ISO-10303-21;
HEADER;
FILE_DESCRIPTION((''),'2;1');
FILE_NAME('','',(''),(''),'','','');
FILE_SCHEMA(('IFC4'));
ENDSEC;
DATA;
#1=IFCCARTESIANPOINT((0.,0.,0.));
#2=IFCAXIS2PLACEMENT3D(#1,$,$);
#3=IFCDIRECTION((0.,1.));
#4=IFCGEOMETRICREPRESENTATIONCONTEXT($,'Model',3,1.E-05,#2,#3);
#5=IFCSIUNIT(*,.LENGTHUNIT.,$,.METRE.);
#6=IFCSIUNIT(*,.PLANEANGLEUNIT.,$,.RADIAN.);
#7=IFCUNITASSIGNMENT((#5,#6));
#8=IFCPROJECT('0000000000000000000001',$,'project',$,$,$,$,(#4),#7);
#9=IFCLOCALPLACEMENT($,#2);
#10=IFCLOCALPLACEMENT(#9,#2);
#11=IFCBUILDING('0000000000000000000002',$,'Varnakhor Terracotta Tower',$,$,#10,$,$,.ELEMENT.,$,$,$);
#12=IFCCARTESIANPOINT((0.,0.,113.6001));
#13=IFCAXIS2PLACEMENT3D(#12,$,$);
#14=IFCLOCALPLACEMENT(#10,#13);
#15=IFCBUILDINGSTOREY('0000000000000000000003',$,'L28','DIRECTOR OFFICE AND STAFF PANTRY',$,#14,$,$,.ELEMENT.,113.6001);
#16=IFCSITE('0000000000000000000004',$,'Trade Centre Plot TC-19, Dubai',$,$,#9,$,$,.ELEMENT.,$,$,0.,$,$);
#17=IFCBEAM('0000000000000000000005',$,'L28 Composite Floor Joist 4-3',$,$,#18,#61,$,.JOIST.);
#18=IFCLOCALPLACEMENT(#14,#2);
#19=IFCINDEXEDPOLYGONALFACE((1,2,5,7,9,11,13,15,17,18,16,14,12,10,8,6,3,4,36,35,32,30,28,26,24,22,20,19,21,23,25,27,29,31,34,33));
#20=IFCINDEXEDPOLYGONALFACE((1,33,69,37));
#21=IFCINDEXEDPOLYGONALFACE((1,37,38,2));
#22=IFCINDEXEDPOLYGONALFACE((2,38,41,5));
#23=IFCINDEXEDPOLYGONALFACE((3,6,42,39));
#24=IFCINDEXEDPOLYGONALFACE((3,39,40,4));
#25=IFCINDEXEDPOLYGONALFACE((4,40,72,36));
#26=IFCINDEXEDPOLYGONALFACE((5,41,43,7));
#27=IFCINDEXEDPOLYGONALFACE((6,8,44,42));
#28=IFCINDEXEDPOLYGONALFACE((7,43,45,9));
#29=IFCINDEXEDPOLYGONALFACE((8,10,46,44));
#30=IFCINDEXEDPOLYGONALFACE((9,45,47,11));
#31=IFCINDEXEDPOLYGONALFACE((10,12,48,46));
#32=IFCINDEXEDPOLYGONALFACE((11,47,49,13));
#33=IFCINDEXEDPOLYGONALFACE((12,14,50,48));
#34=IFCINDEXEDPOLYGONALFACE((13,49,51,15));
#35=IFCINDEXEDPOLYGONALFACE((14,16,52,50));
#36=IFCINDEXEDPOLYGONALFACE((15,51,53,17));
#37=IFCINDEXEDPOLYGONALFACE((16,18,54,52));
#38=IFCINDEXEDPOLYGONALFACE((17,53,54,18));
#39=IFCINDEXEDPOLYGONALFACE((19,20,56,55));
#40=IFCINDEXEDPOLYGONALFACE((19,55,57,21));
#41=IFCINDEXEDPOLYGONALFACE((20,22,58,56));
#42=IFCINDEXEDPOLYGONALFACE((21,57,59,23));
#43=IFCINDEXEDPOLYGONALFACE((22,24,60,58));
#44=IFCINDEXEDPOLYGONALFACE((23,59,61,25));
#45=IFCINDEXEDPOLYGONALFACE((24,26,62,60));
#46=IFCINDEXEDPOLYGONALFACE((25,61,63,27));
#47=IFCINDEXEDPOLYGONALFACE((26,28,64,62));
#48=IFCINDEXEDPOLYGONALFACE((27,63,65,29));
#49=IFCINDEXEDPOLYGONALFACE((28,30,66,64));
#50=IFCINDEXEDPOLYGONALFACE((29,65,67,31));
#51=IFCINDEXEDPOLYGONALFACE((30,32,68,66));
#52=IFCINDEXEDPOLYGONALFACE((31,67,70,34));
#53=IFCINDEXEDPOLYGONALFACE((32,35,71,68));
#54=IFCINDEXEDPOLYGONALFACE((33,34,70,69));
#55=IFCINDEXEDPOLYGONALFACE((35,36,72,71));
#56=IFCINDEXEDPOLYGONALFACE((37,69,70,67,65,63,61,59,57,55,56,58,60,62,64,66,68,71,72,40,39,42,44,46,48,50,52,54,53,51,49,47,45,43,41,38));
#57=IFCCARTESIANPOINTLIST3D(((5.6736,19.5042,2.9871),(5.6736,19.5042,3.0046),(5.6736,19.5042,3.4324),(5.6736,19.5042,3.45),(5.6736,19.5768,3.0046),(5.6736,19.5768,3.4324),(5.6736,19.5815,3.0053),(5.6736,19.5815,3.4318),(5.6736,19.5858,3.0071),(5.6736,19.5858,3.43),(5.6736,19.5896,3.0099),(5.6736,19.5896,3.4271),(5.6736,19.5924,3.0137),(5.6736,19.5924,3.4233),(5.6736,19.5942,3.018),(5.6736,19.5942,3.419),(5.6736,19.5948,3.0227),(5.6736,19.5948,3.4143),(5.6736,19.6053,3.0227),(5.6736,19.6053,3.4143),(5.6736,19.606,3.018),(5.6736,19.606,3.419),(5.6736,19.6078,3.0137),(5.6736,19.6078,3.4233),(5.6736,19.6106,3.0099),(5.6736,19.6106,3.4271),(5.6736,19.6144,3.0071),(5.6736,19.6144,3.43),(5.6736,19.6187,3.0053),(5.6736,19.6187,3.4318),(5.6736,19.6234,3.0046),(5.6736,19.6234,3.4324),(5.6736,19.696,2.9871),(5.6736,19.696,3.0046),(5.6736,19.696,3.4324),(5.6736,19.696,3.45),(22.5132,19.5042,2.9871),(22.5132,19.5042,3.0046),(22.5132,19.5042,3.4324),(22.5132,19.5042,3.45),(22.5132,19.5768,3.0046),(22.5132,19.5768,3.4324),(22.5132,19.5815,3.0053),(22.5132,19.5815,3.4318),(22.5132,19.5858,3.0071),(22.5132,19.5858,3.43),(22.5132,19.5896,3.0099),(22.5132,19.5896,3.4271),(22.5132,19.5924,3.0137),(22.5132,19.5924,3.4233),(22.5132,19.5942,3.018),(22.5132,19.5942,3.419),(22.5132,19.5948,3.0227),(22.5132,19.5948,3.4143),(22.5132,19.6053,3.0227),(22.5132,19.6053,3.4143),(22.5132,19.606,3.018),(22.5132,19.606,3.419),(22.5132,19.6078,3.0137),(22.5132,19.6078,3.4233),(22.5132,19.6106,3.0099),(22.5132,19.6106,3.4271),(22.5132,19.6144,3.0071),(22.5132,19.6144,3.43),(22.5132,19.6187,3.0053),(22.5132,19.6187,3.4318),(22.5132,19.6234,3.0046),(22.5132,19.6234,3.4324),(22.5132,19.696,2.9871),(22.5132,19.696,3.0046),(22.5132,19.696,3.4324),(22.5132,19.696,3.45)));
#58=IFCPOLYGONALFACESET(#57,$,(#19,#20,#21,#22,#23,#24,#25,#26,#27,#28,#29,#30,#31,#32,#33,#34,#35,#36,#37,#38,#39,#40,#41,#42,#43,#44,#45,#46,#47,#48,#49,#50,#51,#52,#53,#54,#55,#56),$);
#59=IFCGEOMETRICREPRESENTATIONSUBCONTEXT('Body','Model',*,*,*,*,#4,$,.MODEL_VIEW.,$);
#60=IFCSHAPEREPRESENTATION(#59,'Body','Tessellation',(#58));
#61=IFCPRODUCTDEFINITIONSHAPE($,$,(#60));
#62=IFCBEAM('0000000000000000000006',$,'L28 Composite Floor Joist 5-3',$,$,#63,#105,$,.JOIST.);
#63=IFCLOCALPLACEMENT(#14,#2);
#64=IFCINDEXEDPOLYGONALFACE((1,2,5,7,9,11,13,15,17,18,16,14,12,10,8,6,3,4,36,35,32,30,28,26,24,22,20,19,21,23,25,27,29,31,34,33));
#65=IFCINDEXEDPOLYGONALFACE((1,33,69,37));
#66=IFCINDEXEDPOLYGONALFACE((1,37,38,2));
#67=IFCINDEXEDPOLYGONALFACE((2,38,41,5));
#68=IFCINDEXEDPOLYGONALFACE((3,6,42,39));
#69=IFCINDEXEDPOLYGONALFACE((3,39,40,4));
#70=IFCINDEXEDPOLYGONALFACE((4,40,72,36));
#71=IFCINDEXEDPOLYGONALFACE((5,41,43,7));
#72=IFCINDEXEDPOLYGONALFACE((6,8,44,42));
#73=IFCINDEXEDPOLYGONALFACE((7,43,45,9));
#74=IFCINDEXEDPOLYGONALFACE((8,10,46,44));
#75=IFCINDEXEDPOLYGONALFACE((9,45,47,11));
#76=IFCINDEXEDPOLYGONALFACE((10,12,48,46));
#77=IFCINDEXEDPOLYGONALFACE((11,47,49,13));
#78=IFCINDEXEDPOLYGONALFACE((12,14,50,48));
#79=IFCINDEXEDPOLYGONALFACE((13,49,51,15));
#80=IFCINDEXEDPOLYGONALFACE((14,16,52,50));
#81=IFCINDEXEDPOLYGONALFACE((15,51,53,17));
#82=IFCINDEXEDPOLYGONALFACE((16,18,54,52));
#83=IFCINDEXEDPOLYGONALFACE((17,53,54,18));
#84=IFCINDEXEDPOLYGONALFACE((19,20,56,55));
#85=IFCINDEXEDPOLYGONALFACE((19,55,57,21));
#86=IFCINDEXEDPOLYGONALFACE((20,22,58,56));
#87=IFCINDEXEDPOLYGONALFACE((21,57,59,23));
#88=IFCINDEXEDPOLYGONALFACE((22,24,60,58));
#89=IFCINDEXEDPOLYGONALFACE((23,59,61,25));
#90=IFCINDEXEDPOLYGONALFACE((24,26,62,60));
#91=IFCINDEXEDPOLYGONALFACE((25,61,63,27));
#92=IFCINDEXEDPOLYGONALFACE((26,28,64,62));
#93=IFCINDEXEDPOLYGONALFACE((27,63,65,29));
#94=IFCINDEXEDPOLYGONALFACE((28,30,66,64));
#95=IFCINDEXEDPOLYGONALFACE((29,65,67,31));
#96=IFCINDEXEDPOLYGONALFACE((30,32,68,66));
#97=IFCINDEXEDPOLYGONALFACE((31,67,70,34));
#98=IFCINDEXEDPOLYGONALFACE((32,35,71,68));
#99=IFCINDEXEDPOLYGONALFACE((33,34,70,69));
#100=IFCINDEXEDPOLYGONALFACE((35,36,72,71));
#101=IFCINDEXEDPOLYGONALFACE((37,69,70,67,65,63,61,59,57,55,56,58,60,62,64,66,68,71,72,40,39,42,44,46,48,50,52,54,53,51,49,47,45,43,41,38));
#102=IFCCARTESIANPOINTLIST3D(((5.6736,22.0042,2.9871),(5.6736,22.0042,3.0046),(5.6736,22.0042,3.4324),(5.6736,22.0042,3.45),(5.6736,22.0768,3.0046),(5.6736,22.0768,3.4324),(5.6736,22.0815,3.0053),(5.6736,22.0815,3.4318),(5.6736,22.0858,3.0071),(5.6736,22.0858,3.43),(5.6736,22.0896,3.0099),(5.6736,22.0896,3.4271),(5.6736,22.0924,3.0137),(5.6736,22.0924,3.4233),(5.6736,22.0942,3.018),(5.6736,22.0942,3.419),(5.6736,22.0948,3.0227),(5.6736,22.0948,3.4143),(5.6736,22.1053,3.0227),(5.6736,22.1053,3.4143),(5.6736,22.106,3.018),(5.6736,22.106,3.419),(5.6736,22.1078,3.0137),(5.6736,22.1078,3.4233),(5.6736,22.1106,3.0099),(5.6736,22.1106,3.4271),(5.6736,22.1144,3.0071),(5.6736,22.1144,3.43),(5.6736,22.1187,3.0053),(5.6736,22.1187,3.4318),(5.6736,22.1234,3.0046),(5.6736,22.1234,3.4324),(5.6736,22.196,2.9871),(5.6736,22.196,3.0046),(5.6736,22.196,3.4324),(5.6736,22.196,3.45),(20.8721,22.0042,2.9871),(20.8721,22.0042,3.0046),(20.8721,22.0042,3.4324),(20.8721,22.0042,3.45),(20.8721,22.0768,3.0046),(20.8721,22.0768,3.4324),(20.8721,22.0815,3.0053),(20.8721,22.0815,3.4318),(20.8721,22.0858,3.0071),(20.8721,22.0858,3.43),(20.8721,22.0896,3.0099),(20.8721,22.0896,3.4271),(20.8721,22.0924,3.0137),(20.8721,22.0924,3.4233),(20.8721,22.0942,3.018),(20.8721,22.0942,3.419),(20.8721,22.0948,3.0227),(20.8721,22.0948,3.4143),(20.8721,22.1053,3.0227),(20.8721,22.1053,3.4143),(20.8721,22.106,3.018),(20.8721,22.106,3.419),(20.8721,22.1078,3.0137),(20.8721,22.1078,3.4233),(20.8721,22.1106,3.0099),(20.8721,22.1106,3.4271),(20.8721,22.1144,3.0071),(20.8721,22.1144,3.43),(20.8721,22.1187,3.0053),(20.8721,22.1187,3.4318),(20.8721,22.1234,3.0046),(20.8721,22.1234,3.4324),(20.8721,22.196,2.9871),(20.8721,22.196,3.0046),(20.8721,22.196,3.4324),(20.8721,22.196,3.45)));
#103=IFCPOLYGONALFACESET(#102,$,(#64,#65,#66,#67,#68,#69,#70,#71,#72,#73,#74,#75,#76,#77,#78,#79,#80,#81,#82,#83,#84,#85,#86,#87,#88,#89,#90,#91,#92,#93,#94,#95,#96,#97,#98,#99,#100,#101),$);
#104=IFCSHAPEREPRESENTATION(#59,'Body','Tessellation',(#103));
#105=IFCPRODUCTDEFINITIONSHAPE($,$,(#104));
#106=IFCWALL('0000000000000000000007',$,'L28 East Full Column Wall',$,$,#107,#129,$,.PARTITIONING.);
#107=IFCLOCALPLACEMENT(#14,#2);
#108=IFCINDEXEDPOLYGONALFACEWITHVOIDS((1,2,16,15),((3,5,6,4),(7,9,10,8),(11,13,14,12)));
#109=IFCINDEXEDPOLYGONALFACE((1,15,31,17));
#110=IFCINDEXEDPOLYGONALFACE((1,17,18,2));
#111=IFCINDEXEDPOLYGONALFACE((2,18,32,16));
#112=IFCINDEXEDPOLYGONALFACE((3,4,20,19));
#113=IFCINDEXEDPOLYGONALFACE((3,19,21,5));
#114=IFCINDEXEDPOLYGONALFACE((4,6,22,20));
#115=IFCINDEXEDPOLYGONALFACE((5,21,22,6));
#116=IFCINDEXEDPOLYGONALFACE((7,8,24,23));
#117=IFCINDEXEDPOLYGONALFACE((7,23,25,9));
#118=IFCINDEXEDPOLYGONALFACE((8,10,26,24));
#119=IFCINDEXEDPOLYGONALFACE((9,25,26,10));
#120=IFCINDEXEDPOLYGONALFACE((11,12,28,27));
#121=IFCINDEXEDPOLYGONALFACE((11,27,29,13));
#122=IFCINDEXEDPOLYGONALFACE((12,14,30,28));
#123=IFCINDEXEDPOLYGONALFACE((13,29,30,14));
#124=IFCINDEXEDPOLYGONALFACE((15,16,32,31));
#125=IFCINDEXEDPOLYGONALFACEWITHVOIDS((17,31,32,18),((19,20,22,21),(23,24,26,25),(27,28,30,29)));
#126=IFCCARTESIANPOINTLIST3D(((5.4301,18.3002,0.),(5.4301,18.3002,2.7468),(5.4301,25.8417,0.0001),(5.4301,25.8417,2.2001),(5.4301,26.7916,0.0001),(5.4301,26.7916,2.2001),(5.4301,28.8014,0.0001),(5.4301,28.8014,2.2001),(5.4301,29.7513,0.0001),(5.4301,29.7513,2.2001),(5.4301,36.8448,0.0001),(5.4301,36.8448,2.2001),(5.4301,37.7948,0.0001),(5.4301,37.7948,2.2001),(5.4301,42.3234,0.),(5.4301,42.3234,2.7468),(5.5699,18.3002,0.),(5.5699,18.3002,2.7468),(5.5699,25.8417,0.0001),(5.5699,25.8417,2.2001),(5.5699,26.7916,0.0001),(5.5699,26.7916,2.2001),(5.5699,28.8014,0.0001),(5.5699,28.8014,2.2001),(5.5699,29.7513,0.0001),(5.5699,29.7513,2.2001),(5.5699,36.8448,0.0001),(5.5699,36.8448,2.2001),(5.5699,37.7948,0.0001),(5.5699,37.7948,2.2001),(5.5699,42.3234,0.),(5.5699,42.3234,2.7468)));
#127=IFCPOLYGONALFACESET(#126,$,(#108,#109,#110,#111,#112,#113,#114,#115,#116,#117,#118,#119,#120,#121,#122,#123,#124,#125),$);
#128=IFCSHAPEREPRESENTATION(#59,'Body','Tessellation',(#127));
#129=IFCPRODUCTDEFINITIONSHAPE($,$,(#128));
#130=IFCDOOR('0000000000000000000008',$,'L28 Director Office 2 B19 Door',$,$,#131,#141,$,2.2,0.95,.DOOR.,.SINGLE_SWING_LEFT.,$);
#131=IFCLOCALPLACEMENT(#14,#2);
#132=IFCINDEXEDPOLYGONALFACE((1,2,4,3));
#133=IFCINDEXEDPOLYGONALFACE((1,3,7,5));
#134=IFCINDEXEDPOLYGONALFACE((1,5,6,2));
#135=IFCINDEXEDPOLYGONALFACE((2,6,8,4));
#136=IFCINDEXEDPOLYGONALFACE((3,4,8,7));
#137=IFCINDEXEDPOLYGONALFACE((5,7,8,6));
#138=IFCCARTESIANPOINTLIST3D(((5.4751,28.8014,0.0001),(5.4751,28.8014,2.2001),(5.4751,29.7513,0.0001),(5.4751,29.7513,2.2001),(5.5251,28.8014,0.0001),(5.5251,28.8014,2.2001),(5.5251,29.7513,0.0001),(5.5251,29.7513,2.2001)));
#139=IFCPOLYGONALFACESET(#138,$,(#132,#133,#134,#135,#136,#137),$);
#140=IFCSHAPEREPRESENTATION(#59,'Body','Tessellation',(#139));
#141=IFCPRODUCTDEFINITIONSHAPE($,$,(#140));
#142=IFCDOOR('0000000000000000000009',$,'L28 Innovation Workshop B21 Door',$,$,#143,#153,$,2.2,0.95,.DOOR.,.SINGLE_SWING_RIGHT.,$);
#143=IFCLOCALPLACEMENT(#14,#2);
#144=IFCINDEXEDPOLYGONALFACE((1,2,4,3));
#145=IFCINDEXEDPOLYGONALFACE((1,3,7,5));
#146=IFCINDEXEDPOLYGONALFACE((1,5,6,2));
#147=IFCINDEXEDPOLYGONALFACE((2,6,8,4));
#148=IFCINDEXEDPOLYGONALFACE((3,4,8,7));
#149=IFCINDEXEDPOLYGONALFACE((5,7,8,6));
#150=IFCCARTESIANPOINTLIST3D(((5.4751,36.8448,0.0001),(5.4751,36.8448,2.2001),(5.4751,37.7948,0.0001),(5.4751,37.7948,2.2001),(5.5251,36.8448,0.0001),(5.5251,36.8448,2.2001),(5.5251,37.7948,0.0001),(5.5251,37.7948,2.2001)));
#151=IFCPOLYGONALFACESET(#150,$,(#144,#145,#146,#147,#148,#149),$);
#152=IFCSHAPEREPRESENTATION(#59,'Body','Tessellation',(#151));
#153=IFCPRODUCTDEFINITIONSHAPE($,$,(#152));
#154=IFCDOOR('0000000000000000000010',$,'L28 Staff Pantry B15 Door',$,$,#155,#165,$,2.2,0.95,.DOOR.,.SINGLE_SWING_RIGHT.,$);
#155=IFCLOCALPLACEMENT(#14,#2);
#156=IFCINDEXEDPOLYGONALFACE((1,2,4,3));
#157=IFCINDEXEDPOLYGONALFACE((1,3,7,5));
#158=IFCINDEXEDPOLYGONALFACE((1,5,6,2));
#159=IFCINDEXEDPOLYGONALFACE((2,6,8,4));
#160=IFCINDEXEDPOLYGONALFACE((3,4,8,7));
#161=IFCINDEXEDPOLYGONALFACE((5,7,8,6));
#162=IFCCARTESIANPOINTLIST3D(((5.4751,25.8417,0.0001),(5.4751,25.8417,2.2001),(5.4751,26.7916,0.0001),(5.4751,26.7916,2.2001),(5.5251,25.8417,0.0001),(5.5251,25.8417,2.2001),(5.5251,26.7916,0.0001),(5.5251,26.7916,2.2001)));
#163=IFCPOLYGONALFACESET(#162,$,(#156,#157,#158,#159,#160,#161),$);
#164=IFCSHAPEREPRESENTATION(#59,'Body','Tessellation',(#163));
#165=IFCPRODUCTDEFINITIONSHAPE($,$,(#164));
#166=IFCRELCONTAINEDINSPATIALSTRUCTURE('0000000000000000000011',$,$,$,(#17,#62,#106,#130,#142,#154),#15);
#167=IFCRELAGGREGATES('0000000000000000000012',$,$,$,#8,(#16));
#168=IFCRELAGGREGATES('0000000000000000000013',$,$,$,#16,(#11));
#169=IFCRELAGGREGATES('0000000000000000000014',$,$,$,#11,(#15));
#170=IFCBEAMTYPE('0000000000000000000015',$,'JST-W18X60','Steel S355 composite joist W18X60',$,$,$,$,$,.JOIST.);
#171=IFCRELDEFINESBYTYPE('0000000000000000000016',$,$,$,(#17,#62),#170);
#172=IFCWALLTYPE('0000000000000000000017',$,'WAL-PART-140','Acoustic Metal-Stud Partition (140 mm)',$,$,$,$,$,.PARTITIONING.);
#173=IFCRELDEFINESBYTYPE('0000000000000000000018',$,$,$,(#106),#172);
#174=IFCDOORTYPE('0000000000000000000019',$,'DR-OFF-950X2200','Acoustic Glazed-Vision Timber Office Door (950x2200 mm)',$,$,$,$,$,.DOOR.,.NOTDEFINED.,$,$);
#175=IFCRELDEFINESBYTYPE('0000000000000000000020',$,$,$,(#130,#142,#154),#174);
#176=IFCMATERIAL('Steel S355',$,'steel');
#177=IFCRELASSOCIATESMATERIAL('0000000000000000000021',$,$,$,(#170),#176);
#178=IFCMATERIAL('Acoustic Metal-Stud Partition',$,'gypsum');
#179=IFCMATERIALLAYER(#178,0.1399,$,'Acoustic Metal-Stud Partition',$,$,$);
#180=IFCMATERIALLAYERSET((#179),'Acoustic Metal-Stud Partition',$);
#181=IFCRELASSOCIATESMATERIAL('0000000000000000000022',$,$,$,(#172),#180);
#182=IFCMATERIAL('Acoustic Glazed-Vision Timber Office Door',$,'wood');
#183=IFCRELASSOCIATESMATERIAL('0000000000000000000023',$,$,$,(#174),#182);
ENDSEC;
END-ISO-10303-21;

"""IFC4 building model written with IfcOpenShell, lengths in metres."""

from ifc_helpers import new_model, si_unit, direction, frame, frame_2d, origin, origin_2d, place, context, subcontext, project, spatial, rectangle, i_section, extrude, source, transform, mapped, material, layer, layer_set, material_profile, profile_set, type_object, type_shapes, element, fill, save


model = new_model("IFC4")

# Units and contexts
model_context = context("Model", 3, precision=1e-05, world=origin(), true_north=direction((0.0, 1.0)))
body_context = subcontext(model_context, "Body", "Model", "MODEL_VIEW")
ifc_project = project(units=[si_unit("LENGTHUNIT", "METRE"), si_unit("PLANEANGLEUNIT", "RADIAN")], contexts=[model_context])

# Site, building, storey
site_placement = place(None, origin())
site = spatial("IfcSite", under=ifc_project, at=site_placement, Name="Trade Centre Plot TC-19, Dubai", CompositionType="ELEMENT", RefElevation=0.0)
building_placement = place(site_placement, origin())
building = spatial("IfcBuilding", under=site, at=building_placement, Name="Varnakhor Terracotta Tower", CompositionType="ELEMENT")
storey_placement = place(building_placement, frame((0.0, 0.0, 113.6001)))
storey = spatial("IfcBuildingStorey", under=building, at=storey_placement, Name="L28", Description="DIRECTOR OFFICE AND STAFF PANTRY", CompositionType="ELEMENT", Elevation=113.6001)

# Beams
ifc_material_1 = material(Name="Steel S355", Category="steel")
ifc_material_profile_1 = material_profile(ifc_material_1, i_section(OverallWidth=0.1919, OverallDepth=0.4629, WebThickness=0.0105, FlangeThickness=0.0176, FilletRadius=0.0181, at=origin_2d()), Name="W18X60")
ifc_profile_set_1 = profile_set([ifc_material_profile_1], Name="Steel S355")
beam_type_1 = type_object("IfcBeamType", Name="JST-W18X60", Description="Steel S355 composite joist W18X60", PredefinedType="JOIST", material=ifc_profile_set_1)
shared_shape_1 = source(origin(), body_context, "Body", "SweptSolid", [
    extrude(i_section(OverallWidth=0.1919, OverallDepth=0.4629, WebThickness=0.0105, FlangeThickness=0.0176, FilletRadius=0.0181, at=origin_2d()), origin(), (0.0, 0.0, 1.0), 16.8396),
])
beam_1_placement = place(storey_placement, frame((5.6736, 19.6001, 3.2185), z_axis=(1.0, 0.0, 0.0), x_axis=(0.0, 1.0, 0.0)))
element("IfcBeam", 1, at=beam_1_placement, inside=storey, type_object=beam_type_1, Name="L28 Composite Floor Joist 4-3", PredefinedType="JOIST", context=body_context, shape_type="MappedRepresentation", body=[
    mapped(shared_shape_1, transform((0.0, 0.0, 0.0), scale=1.0)),
])
shared_shape_2 = source(origin(), body_context, "Body", "SweptSolid", [
    extrude(i_section(OverallWidth=0.1919, OverallDepth=0.4629, WebThickness=0.0105, FlangeThickness=0.0176, FilletRadius=0.0181, at=origin_2d()), origin(), (0.0, 0.0, 1.0), 15.1985),
])
beam_2_placement = place(storey_placement, frame((5.6736, 22.1001, 3.2185), z_axis=(1.0, 0.0, 0.0), x_axis=(0.0, 1.0, 0.0)))
element("IfcBeam", 2, at=beam_2_placement, inside=storey, type_object=beam_type_1, Name="L28 Composite Floor Joist 5-3", PredefinedType="JOIST", context=body_context, shape_type="MappedRepresentation", body=[
    mapped(shared_shape_2, transform((0.0, 0.0, 0.0), scale=1.0)),
])

# Wall, openings, doors
ifc_material_2 = material(Name="Acoustic Metal-Stud Partition", Category="gypsum")
ifc_layer_1 = layer(ifc_material_2, 0.1399, Name="Acoustic Metal-Stud Partition")
ifc_layer_set_1 = layer_set([ifc_layer_1], Name="Acoustic Metal-Stud Partition")
wall_type_1 = type_object("IfcWallType", Name="WAL-PART-140", Description="Acoustic Metal-Stud Partition (140 mm)", PredefinedType="PARTITIONING", material=ifc_layer_set_1)
wall_1_placement = place(storey_placement, frame((5.5, 18.3, 0.0), z_axis=(0.0, 0.0, 1.0), x_axis=(0.0, 1.0, 0.0)))
wall_1 = element("IfcWall", 3, at=wall_1_placement, inside=storey, type_object=wall_type_1, Name="L28 East Full Column Wall", PredefinedType="PARTITIONING", context=body_context, shape_type="SweptSolid", body=[
    extrude(rectangle(XDim=24.0232, YDim=0.1399, at=frame_2d((12.0117, 0.0))), origin(), (0.0, 0.0, 1.0), 2.7468),
])
opening_1_placement = place(wall_1_placement, frame((10.5012, 0.0, 0.0)))
opening_1 = element("IfcOpeningElement", 4, at=opening_1_placement, cuts=wall_1, PredefinedType="OPENING", context=body_context, shape_type="SweptSolid", body=[
    extrude(rectangle(XDim=0.95, YDim=2.2, at=frame_2d((0.4751, 1.1001))), frame((0.0, 0.0801, 0.0), z_axis=(0.0, -1.0, 0.0), x_axis=(1.0, 0.0, 0.0)), (0.0, 0.0, 1.0), 0.1599),
])
opening_2_placement = place(wall_1_placement, frame((18.5447, 0.0, 0.0)))
opening_2 = element("IfcOpeningElement", 5, at=opening_2_placement, cuts=wall_1, PredefinedType="OPENING", context=body_context, shape_type="SweptSolid", body=[
    extrude(rectangle(XDim=0.95, YDim=2.2, at=frame_2d((0.4751, 1.1001))), frame((0.0, 0.0801, 0.0), z_axis=(0.0, -1.0, 0.0), x_axis=(1.0, 0.0, 0.0)), (0.0, 0.0, 1.0), 0.1599),
])
opening_3_placement = place(wall_1_placement, frame((7.5415, 0.0, 0.0)))
opening_3 = element("IfcOpeningElement", 6, at=opening_3_placement, cuts=wall_1, PredefinedType="OPENING", context=body_context, shape_type="SweptSolid", body=[
    extrude(rectangle(XDim=0.95, YDim=2.2, at=frame_2d((0.4751, 1.1001))), frame((0.0, 0.0801, 0.0), z_axis=(0.0, -1.0, 0.0), x_axis=(1.0, 0.0, 0.0)), (0.0, 0.0, 1.0), 0.1599),
])
ifc_material_3 = material(Name="Acoustic Glazed-Vision Timber Office Door", Category="wood")
door_type_1 = type_object("IfcDoorType", Name="DR-OFF-950X2200", Description="Acoustic Glazed-Vision Timber Office Door (950x2200 mm)", OperationType="NOTDEFINED", PredefinedType="DOOR", material=ifc_material_3)
shared_shape_3 = source(origin(), body_context, "Body", "SweptSolid", [
    extrude(rectangle(XDim=0.95, YDim=2.2, at=frame_2d((0.4751, 1.1001))), frame((0.0, 0.0249, 0.0), z_axis=(0.0, -1.0, 0.0), x_axis=(1.0, 0.0, 0.0)), (0.0, 0.0, 1.0), 0.05),
])
type_shapes(door_type_1, [shared_shape_3])
door_1_placement = place(opening_1_placement, origin())
door_1 = element("IfcDoor", 7, at=door_1_placement, inside=storey, type_object=door_type_1, Name="L28 Director Office 2 B19 Door", OperationType="SINGLE_SWING_LEFT", OverallHeight=2.2, OverallWidth=0.95, PredefinedType="DOOR", context=body_context, shape_type="MappedRepresentation", body=[
    mapped(shared_shape_3, transform((0.0, 0.0, 0.0), scale=1.0)),
])
fill(opening_1, door_1)
door_2_placement = place(opening_2_placement, origin())
door_2 = element("IfcDoor", 8, at=door_2_placement, inside=storey, type_object=door_type_1, Name="L28 Innovation Workshop B21 Door", OperationType="SINGLE_SWING_RIGHT", OverallHeight=2.2, OverallWidth=0.95, PredefinedType="DOOR", context=body_context, shape_type="MappedRepresentation", body=[
    mapped(shared_shape_3, transform((0.0, 0.0, 0.0), scale=1.0)),
])
fill(opening_2, door_2)
door_3_placement = place(opening_3_placement, origin())
door_3 = element("IfcDoor", 9, at=door_3_placement, inside=storey, type_object=door_type_1, Name="L28 Staff Pantry B15 Door", OperationType="SINGLE_SWING_RIGHT", OverallHeight=2.2, OverallWidth=0.95, PredefinedType="DOOR", context=body_context, shape_type="MappedRepresentation", body=[
    mapped(shared_shape_3, transform((0.0, 0.0, 0.0), scale=1.0)),
])
fill(opening_3, door_3)

save(model, "model.ifc")
